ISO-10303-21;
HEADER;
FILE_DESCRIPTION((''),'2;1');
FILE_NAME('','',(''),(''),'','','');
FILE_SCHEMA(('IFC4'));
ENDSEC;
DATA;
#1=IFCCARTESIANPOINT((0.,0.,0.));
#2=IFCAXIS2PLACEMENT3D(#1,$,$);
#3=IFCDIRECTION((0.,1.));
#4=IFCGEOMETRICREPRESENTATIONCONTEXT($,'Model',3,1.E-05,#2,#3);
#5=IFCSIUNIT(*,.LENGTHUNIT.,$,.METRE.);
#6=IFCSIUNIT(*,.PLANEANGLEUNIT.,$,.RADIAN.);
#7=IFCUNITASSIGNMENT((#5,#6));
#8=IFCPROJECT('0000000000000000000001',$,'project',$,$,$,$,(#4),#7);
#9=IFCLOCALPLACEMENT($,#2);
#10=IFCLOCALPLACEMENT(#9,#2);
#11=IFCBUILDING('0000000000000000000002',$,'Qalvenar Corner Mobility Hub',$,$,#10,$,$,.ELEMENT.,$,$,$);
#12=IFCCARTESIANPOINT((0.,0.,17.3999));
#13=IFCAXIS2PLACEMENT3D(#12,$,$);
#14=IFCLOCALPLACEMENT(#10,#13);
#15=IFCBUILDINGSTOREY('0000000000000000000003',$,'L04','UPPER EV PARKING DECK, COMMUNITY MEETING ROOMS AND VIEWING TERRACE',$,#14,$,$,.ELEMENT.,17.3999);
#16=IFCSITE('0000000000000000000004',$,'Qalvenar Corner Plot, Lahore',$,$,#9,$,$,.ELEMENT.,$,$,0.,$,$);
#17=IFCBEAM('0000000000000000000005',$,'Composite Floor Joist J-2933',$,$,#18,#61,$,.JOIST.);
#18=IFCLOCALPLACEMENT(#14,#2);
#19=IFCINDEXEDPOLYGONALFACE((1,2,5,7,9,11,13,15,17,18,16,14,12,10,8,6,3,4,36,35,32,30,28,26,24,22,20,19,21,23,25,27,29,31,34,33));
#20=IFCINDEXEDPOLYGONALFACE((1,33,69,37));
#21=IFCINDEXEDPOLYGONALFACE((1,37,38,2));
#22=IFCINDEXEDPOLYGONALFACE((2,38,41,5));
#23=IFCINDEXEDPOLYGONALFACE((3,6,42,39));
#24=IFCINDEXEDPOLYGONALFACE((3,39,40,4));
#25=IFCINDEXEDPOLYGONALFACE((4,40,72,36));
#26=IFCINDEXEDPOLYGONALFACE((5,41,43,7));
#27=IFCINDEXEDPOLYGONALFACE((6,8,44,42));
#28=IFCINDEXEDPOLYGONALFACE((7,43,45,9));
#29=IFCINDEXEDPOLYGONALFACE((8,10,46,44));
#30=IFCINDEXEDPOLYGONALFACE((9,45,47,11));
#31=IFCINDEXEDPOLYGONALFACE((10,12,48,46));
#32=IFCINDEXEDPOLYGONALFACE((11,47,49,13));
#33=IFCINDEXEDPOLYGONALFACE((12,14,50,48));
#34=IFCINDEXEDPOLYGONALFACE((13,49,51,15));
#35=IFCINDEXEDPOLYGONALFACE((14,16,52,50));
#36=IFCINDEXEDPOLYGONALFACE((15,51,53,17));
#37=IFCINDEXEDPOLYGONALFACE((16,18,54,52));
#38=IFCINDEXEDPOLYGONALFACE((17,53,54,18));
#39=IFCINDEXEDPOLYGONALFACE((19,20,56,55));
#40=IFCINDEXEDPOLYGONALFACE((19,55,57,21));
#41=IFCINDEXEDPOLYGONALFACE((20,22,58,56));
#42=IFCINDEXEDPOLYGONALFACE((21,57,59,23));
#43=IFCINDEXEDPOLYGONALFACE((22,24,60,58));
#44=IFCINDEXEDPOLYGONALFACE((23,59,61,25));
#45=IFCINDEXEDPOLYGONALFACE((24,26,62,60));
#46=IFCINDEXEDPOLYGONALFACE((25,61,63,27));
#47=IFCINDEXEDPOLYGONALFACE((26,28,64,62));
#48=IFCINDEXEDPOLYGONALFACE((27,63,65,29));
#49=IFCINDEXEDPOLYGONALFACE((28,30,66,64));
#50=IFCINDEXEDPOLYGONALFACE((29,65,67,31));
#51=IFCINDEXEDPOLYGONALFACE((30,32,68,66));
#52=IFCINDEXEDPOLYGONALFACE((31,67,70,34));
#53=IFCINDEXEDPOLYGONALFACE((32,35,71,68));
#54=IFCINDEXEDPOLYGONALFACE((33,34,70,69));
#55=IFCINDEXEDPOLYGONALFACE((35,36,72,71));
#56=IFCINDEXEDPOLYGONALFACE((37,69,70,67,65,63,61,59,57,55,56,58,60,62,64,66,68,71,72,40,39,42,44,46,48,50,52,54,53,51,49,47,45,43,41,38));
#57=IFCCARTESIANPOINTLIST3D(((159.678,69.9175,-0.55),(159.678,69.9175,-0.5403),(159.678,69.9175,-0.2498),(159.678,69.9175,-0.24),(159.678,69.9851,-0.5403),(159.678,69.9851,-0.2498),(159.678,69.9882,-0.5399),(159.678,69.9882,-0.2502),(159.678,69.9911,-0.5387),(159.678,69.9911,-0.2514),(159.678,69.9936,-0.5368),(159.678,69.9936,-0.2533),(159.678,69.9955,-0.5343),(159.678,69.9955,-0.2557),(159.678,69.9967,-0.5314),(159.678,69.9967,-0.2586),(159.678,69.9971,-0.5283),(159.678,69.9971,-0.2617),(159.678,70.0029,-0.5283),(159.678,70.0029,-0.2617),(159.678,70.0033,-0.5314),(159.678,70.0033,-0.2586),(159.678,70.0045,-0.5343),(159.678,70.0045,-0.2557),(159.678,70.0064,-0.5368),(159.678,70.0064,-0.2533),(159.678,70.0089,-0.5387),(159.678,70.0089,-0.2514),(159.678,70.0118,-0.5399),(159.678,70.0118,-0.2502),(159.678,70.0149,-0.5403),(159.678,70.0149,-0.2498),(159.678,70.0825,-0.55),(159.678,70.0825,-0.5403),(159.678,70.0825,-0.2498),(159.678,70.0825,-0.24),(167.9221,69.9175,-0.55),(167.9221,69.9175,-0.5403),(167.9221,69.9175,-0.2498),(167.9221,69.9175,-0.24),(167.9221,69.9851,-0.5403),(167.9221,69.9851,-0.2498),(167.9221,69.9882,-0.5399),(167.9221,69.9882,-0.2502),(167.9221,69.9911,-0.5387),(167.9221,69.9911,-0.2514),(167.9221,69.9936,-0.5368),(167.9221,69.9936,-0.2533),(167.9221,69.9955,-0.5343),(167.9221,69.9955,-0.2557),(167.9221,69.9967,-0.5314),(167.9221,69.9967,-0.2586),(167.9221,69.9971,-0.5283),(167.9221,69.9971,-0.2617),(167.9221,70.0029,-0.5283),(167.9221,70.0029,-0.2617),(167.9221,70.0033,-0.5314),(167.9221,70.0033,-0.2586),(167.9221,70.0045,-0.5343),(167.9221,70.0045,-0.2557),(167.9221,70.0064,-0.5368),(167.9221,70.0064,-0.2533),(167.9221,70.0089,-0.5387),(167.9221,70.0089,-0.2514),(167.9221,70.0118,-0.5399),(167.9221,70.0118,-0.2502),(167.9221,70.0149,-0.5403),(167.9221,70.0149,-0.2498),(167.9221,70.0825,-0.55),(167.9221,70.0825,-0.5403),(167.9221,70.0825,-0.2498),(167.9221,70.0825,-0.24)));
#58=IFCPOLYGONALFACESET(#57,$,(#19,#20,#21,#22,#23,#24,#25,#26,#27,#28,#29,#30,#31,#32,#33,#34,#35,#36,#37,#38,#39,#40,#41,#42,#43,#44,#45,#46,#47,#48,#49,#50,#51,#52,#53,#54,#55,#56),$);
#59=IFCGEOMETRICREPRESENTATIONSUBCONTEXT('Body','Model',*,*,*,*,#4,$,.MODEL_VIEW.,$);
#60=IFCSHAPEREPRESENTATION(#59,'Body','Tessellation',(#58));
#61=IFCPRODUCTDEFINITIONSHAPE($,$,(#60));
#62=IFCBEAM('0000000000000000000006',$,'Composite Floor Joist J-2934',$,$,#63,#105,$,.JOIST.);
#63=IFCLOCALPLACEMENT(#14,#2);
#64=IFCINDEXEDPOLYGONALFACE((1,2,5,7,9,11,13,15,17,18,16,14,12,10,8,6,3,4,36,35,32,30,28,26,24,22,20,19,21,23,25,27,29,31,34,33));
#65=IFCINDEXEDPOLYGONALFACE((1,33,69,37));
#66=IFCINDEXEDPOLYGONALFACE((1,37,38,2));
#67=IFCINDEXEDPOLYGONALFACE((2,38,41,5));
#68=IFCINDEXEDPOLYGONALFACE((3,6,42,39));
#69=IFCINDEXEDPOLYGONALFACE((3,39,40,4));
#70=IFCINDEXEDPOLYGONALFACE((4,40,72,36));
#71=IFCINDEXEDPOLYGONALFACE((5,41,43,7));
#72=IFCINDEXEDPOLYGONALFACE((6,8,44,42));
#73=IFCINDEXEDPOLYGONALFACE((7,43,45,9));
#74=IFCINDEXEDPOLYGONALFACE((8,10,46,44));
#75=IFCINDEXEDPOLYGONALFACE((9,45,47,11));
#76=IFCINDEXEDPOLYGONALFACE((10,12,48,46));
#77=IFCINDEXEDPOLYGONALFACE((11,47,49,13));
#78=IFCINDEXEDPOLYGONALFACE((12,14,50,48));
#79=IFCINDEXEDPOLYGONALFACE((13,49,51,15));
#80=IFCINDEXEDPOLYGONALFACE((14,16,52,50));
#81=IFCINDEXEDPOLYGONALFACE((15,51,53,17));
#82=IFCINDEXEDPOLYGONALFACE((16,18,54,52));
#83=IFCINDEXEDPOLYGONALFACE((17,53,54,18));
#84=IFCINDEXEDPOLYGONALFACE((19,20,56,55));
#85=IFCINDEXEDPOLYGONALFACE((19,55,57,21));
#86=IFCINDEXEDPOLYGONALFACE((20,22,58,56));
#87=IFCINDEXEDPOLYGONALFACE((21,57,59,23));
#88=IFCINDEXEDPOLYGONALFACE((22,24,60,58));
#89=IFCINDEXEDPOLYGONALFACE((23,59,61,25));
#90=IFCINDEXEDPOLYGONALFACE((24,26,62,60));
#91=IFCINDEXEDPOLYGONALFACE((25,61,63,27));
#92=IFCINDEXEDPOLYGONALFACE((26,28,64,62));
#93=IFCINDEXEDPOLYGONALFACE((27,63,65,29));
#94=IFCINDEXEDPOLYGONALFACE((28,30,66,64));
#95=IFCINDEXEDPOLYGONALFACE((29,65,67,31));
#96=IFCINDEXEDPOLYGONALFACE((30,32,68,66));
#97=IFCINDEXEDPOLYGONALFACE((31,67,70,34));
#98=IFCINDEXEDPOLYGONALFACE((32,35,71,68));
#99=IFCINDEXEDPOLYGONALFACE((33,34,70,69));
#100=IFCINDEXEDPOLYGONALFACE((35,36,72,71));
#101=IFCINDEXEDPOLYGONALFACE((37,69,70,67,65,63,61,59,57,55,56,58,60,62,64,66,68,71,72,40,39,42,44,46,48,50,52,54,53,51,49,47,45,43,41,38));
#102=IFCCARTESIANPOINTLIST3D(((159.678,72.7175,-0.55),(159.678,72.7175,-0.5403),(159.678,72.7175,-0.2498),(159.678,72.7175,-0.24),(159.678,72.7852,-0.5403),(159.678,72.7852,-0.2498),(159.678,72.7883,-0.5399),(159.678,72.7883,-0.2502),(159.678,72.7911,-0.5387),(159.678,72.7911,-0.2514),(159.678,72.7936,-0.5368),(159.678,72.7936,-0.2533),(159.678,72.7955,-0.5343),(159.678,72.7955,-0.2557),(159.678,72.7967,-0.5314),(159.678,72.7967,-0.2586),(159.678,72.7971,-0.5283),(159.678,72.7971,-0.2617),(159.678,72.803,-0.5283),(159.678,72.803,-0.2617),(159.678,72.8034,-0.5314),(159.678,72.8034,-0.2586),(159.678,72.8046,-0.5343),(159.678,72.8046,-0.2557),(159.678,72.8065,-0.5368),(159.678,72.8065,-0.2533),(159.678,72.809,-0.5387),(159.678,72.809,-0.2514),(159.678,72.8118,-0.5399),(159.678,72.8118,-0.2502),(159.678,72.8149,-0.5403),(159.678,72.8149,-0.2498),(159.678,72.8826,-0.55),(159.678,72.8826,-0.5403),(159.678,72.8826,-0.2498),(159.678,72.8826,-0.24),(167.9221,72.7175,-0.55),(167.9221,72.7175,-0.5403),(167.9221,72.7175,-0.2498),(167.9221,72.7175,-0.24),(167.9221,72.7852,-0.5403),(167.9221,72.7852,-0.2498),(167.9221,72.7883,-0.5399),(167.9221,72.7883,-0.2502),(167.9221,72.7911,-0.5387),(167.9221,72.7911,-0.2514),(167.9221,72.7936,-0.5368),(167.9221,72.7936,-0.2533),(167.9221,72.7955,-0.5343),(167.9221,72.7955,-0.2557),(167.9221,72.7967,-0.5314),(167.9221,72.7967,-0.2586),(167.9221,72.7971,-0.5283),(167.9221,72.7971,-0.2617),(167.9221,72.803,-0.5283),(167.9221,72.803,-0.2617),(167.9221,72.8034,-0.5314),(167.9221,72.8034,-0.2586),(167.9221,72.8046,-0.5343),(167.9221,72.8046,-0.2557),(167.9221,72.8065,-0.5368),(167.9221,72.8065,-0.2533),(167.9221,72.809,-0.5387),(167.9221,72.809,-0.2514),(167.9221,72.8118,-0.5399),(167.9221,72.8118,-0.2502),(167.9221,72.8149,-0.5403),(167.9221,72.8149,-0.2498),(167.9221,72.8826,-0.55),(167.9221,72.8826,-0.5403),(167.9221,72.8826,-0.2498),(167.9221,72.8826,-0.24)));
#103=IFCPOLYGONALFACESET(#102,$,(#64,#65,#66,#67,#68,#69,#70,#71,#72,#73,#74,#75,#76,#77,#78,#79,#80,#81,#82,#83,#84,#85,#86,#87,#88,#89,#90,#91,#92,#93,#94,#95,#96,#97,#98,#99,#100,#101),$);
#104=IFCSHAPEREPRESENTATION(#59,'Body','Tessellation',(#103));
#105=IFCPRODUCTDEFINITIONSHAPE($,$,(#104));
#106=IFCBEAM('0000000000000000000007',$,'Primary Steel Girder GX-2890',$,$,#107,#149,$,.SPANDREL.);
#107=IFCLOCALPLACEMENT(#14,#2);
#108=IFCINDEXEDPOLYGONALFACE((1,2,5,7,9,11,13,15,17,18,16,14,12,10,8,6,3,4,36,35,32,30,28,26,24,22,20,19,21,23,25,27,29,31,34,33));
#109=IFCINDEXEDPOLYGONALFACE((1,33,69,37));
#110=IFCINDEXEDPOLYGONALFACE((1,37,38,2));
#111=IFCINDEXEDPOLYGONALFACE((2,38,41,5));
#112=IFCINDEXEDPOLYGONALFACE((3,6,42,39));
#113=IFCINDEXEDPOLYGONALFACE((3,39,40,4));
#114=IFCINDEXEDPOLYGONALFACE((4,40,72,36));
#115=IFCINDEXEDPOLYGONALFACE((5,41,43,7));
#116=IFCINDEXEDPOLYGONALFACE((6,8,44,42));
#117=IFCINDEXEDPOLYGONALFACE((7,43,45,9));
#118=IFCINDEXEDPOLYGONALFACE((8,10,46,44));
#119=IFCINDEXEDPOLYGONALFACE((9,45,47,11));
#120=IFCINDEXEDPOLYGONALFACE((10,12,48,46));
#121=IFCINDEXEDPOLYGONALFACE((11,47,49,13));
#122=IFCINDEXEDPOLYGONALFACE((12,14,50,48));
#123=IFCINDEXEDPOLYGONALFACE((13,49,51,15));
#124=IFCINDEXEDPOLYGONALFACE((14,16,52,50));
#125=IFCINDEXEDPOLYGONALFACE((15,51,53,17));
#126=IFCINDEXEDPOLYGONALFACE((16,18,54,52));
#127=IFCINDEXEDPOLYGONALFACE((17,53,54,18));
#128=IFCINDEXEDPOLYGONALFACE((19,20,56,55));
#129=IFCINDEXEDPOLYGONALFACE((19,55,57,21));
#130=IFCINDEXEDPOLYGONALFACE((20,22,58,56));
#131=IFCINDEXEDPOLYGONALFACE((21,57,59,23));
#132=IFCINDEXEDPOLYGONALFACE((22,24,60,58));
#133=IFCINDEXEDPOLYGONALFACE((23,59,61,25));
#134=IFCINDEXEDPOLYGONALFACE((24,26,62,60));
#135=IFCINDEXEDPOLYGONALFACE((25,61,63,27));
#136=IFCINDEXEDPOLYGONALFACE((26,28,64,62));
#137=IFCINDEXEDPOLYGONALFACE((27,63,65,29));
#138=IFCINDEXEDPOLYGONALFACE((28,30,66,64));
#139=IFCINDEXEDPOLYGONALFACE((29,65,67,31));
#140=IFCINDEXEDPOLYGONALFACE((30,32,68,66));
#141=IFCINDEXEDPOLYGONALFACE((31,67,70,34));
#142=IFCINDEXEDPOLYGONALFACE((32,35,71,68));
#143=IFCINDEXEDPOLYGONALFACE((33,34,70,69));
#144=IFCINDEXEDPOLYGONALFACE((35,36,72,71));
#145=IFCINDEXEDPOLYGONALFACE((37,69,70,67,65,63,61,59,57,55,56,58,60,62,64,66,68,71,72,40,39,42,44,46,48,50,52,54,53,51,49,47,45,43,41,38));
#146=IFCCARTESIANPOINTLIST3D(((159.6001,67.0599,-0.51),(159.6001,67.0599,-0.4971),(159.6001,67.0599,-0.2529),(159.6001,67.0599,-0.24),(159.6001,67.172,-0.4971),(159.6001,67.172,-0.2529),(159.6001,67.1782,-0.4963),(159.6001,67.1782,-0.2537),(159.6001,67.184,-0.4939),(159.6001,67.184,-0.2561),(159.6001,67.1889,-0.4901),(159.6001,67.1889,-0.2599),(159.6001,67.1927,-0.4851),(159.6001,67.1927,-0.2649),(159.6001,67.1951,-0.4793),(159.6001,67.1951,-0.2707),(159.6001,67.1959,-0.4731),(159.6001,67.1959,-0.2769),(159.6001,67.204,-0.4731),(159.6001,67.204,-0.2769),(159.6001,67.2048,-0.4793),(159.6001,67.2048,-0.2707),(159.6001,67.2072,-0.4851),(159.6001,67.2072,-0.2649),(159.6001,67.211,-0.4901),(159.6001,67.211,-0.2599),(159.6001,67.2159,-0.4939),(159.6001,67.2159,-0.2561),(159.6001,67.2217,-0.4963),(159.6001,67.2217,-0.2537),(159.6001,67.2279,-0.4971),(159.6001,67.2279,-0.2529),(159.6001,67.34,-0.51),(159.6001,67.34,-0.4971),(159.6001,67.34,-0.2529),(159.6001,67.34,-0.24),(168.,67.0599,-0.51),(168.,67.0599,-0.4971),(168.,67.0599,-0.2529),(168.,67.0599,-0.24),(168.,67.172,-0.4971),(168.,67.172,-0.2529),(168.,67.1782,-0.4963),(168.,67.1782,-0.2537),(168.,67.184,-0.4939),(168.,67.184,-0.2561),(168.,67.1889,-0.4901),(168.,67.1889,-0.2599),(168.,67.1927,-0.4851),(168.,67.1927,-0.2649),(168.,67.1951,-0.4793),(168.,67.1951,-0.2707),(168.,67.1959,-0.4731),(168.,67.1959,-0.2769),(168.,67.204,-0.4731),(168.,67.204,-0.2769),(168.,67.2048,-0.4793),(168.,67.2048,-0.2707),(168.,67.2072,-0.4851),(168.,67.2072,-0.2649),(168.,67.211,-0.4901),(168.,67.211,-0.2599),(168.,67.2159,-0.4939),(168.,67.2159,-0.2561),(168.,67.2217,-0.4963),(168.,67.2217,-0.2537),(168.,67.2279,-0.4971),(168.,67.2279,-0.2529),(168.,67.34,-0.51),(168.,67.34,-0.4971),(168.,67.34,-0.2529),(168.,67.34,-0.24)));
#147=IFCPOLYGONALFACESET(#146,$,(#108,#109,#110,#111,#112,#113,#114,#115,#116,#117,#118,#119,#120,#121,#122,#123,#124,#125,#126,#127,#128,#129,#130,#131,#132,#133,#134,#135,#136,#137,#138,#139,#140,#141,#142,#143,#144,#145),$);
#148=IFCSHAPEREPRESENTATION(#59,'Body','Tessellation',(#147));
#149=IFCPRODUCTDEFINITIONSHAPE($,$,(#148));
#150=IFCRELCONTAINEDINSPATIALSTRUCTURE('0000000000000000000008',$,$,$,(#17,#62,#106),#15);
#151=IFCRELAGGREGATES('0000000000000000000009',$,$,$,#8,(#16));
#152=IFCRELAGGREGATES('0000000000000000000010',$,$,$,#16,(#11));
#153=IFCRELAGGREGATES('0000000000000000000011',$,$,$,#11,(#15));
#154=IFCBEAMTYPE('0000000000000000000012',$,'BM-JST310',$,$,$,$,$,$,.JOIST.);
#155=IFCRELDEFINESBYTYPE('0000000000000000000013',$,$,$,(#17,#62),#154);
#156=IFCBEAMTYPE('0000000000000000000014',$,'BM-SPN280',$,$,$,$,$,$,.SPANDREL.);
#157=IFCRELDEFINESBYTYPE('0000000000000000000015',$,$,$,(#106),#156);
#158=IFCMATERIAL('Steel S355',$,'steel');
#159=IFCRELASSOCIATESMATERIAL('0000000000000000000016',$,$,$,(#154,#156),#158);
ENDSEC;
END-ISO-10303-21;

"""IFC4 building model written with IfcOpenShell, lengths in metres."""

from ifc_helpers import new_model, si_unit, direction, frame, origin, origin_2d, place, context, subcontext, project, spatial, i_section, extrude, material, material_profile, profile_set, type_object, element, save


model = new_model("IFC4")

# Units and contexts
model_context = context("Model", 3, precision=1e-05, world=origin(), true_north=direction((0.0, 1.0)))
body_context = subcontext(model_context, "Body", "Model", "MODEL_VIEW")
ifc_project = project(units=[si_unit("LENGTHUNIT", "METRE"), si_unit("PLANEANGLEUNIT", "RADIAN")], contexts=[model_context])

# Site, building, storey
site_placement = place(None, origin())
site = spatial("IfcSite", under=ifc_project, at=site_placement, Name="Qalvenar Corner Plot, Lahore", CompositionType="ELEMENT", RefElevation=0.0)
building_placement = place(site_placement, origin())
building = spatial("IfcBuilding", under=site, at=building_placement, Name="Qalvenar Corner Mobility Hub", CompositionType="ELEMENT")
storey_placement = place(building_placement, frame((0.0, 0.0, 17.3999)))
storey = spatial("IfcBuildingStorey", under=building, at=storey_placement, Name="L04", Description="UPPER EV PARKING DECK, COMMUNITY MEETING ROOMS AND VIEWING TERRACE", CompositionType="ELEMENT", Elevation=17.3999)

# Shared definitions
ifc_material_1 = material(Name="Steel S355", Category="steel")

# Beams
ifc_material_profile_1 = material_profile(ifc_material_1, i_section(OverallWidth=0.165, OverallDepth=0.3101, WebThickness=0.0059, FlangeThickness=0.0098, FilletRadius=0.012, at=origin_2d()), Name="W310x38.7")
ifc_profile_set_1 = profile_set([ifc_material_profile_1], Name="Steel S355")
beam_type_1 = type_object("IfcBeamType", Name="BM-JST310", PredefinedType="JOIST", material=ifc_profile_set_1)
for number, where, z_axis, x_axis, name in (
    (1, (159.678, 70.0, -0.395), (1.0, 0.0, 0.0), (0.0, 1.0, 0.0), "Composite Floor Joist J-2933"),
    (2, (159.678, 72.8, -0.395), (1.0, 0.0, 0.0), (0.0, 1.0, 0.0), "Composite Floor Joist J-2934"),
):
    element("IfcBeam", number, at=place(storey_placement, frame(where, z_axis=z_axis, x_axis=x_axis)), inside=storey, type_object=beam_type_1, Name=name, PredefinedType="JOIST", context=body_context, shape_type="SweptSolid", body=[
        extrude(i_section(OverallWidth=0.165, OverallDepth=0.3101, WebThickness=0.0059, FlangeThickness=0.0098, FilletRadius=0.012, at=origin_2d()), origin(), (0.0, 0.0, 1.0), 8.2441),
    ])
ifc_material_profile_2 = material_profile(ifc_material_1, i_section(OverallWidth=0.28, OverallDepth=0.27, WebThickness=0.0081, FlangeThickness=0.0129, FilletRadius=0.0239, at=origin_2d()), Name="HEA280")
ifc_profile_set_2 = profile_set([ifc_material_profile_2], Name="Steel S355")
beam_type_2 = type_object("IfcBeamType", Name="BM-SPN280", PredefinedType="SPANDREL", material=ifc_profile_set_2)
beam_1_placement = place(storey_placement, frame((159.6001, 67.2, -0.375), z_axis=(1.0, 0.0, 0.0), x_axis=(0.0, 1.0, 0.0)))
element("IfcBeam", 3, at=beam_1_placement, inside=storey, type_object=beam_type_2, Name="Primary Steel Girder GX-2890", PredefinedType="SPANDREL", context=body_context, shape_type="SweptSolid", body=[
    extrude(i_section(OverallWidth=0.28, OverallDepth=0.27, WebThickness=0.0081, FlangeThickness=0.0129, FilletRadius=0.0239, at=origin_2d()), origin(), (0.0, 0.0, 1.0), 8.3999),
])

save(model, "model.ifc")
